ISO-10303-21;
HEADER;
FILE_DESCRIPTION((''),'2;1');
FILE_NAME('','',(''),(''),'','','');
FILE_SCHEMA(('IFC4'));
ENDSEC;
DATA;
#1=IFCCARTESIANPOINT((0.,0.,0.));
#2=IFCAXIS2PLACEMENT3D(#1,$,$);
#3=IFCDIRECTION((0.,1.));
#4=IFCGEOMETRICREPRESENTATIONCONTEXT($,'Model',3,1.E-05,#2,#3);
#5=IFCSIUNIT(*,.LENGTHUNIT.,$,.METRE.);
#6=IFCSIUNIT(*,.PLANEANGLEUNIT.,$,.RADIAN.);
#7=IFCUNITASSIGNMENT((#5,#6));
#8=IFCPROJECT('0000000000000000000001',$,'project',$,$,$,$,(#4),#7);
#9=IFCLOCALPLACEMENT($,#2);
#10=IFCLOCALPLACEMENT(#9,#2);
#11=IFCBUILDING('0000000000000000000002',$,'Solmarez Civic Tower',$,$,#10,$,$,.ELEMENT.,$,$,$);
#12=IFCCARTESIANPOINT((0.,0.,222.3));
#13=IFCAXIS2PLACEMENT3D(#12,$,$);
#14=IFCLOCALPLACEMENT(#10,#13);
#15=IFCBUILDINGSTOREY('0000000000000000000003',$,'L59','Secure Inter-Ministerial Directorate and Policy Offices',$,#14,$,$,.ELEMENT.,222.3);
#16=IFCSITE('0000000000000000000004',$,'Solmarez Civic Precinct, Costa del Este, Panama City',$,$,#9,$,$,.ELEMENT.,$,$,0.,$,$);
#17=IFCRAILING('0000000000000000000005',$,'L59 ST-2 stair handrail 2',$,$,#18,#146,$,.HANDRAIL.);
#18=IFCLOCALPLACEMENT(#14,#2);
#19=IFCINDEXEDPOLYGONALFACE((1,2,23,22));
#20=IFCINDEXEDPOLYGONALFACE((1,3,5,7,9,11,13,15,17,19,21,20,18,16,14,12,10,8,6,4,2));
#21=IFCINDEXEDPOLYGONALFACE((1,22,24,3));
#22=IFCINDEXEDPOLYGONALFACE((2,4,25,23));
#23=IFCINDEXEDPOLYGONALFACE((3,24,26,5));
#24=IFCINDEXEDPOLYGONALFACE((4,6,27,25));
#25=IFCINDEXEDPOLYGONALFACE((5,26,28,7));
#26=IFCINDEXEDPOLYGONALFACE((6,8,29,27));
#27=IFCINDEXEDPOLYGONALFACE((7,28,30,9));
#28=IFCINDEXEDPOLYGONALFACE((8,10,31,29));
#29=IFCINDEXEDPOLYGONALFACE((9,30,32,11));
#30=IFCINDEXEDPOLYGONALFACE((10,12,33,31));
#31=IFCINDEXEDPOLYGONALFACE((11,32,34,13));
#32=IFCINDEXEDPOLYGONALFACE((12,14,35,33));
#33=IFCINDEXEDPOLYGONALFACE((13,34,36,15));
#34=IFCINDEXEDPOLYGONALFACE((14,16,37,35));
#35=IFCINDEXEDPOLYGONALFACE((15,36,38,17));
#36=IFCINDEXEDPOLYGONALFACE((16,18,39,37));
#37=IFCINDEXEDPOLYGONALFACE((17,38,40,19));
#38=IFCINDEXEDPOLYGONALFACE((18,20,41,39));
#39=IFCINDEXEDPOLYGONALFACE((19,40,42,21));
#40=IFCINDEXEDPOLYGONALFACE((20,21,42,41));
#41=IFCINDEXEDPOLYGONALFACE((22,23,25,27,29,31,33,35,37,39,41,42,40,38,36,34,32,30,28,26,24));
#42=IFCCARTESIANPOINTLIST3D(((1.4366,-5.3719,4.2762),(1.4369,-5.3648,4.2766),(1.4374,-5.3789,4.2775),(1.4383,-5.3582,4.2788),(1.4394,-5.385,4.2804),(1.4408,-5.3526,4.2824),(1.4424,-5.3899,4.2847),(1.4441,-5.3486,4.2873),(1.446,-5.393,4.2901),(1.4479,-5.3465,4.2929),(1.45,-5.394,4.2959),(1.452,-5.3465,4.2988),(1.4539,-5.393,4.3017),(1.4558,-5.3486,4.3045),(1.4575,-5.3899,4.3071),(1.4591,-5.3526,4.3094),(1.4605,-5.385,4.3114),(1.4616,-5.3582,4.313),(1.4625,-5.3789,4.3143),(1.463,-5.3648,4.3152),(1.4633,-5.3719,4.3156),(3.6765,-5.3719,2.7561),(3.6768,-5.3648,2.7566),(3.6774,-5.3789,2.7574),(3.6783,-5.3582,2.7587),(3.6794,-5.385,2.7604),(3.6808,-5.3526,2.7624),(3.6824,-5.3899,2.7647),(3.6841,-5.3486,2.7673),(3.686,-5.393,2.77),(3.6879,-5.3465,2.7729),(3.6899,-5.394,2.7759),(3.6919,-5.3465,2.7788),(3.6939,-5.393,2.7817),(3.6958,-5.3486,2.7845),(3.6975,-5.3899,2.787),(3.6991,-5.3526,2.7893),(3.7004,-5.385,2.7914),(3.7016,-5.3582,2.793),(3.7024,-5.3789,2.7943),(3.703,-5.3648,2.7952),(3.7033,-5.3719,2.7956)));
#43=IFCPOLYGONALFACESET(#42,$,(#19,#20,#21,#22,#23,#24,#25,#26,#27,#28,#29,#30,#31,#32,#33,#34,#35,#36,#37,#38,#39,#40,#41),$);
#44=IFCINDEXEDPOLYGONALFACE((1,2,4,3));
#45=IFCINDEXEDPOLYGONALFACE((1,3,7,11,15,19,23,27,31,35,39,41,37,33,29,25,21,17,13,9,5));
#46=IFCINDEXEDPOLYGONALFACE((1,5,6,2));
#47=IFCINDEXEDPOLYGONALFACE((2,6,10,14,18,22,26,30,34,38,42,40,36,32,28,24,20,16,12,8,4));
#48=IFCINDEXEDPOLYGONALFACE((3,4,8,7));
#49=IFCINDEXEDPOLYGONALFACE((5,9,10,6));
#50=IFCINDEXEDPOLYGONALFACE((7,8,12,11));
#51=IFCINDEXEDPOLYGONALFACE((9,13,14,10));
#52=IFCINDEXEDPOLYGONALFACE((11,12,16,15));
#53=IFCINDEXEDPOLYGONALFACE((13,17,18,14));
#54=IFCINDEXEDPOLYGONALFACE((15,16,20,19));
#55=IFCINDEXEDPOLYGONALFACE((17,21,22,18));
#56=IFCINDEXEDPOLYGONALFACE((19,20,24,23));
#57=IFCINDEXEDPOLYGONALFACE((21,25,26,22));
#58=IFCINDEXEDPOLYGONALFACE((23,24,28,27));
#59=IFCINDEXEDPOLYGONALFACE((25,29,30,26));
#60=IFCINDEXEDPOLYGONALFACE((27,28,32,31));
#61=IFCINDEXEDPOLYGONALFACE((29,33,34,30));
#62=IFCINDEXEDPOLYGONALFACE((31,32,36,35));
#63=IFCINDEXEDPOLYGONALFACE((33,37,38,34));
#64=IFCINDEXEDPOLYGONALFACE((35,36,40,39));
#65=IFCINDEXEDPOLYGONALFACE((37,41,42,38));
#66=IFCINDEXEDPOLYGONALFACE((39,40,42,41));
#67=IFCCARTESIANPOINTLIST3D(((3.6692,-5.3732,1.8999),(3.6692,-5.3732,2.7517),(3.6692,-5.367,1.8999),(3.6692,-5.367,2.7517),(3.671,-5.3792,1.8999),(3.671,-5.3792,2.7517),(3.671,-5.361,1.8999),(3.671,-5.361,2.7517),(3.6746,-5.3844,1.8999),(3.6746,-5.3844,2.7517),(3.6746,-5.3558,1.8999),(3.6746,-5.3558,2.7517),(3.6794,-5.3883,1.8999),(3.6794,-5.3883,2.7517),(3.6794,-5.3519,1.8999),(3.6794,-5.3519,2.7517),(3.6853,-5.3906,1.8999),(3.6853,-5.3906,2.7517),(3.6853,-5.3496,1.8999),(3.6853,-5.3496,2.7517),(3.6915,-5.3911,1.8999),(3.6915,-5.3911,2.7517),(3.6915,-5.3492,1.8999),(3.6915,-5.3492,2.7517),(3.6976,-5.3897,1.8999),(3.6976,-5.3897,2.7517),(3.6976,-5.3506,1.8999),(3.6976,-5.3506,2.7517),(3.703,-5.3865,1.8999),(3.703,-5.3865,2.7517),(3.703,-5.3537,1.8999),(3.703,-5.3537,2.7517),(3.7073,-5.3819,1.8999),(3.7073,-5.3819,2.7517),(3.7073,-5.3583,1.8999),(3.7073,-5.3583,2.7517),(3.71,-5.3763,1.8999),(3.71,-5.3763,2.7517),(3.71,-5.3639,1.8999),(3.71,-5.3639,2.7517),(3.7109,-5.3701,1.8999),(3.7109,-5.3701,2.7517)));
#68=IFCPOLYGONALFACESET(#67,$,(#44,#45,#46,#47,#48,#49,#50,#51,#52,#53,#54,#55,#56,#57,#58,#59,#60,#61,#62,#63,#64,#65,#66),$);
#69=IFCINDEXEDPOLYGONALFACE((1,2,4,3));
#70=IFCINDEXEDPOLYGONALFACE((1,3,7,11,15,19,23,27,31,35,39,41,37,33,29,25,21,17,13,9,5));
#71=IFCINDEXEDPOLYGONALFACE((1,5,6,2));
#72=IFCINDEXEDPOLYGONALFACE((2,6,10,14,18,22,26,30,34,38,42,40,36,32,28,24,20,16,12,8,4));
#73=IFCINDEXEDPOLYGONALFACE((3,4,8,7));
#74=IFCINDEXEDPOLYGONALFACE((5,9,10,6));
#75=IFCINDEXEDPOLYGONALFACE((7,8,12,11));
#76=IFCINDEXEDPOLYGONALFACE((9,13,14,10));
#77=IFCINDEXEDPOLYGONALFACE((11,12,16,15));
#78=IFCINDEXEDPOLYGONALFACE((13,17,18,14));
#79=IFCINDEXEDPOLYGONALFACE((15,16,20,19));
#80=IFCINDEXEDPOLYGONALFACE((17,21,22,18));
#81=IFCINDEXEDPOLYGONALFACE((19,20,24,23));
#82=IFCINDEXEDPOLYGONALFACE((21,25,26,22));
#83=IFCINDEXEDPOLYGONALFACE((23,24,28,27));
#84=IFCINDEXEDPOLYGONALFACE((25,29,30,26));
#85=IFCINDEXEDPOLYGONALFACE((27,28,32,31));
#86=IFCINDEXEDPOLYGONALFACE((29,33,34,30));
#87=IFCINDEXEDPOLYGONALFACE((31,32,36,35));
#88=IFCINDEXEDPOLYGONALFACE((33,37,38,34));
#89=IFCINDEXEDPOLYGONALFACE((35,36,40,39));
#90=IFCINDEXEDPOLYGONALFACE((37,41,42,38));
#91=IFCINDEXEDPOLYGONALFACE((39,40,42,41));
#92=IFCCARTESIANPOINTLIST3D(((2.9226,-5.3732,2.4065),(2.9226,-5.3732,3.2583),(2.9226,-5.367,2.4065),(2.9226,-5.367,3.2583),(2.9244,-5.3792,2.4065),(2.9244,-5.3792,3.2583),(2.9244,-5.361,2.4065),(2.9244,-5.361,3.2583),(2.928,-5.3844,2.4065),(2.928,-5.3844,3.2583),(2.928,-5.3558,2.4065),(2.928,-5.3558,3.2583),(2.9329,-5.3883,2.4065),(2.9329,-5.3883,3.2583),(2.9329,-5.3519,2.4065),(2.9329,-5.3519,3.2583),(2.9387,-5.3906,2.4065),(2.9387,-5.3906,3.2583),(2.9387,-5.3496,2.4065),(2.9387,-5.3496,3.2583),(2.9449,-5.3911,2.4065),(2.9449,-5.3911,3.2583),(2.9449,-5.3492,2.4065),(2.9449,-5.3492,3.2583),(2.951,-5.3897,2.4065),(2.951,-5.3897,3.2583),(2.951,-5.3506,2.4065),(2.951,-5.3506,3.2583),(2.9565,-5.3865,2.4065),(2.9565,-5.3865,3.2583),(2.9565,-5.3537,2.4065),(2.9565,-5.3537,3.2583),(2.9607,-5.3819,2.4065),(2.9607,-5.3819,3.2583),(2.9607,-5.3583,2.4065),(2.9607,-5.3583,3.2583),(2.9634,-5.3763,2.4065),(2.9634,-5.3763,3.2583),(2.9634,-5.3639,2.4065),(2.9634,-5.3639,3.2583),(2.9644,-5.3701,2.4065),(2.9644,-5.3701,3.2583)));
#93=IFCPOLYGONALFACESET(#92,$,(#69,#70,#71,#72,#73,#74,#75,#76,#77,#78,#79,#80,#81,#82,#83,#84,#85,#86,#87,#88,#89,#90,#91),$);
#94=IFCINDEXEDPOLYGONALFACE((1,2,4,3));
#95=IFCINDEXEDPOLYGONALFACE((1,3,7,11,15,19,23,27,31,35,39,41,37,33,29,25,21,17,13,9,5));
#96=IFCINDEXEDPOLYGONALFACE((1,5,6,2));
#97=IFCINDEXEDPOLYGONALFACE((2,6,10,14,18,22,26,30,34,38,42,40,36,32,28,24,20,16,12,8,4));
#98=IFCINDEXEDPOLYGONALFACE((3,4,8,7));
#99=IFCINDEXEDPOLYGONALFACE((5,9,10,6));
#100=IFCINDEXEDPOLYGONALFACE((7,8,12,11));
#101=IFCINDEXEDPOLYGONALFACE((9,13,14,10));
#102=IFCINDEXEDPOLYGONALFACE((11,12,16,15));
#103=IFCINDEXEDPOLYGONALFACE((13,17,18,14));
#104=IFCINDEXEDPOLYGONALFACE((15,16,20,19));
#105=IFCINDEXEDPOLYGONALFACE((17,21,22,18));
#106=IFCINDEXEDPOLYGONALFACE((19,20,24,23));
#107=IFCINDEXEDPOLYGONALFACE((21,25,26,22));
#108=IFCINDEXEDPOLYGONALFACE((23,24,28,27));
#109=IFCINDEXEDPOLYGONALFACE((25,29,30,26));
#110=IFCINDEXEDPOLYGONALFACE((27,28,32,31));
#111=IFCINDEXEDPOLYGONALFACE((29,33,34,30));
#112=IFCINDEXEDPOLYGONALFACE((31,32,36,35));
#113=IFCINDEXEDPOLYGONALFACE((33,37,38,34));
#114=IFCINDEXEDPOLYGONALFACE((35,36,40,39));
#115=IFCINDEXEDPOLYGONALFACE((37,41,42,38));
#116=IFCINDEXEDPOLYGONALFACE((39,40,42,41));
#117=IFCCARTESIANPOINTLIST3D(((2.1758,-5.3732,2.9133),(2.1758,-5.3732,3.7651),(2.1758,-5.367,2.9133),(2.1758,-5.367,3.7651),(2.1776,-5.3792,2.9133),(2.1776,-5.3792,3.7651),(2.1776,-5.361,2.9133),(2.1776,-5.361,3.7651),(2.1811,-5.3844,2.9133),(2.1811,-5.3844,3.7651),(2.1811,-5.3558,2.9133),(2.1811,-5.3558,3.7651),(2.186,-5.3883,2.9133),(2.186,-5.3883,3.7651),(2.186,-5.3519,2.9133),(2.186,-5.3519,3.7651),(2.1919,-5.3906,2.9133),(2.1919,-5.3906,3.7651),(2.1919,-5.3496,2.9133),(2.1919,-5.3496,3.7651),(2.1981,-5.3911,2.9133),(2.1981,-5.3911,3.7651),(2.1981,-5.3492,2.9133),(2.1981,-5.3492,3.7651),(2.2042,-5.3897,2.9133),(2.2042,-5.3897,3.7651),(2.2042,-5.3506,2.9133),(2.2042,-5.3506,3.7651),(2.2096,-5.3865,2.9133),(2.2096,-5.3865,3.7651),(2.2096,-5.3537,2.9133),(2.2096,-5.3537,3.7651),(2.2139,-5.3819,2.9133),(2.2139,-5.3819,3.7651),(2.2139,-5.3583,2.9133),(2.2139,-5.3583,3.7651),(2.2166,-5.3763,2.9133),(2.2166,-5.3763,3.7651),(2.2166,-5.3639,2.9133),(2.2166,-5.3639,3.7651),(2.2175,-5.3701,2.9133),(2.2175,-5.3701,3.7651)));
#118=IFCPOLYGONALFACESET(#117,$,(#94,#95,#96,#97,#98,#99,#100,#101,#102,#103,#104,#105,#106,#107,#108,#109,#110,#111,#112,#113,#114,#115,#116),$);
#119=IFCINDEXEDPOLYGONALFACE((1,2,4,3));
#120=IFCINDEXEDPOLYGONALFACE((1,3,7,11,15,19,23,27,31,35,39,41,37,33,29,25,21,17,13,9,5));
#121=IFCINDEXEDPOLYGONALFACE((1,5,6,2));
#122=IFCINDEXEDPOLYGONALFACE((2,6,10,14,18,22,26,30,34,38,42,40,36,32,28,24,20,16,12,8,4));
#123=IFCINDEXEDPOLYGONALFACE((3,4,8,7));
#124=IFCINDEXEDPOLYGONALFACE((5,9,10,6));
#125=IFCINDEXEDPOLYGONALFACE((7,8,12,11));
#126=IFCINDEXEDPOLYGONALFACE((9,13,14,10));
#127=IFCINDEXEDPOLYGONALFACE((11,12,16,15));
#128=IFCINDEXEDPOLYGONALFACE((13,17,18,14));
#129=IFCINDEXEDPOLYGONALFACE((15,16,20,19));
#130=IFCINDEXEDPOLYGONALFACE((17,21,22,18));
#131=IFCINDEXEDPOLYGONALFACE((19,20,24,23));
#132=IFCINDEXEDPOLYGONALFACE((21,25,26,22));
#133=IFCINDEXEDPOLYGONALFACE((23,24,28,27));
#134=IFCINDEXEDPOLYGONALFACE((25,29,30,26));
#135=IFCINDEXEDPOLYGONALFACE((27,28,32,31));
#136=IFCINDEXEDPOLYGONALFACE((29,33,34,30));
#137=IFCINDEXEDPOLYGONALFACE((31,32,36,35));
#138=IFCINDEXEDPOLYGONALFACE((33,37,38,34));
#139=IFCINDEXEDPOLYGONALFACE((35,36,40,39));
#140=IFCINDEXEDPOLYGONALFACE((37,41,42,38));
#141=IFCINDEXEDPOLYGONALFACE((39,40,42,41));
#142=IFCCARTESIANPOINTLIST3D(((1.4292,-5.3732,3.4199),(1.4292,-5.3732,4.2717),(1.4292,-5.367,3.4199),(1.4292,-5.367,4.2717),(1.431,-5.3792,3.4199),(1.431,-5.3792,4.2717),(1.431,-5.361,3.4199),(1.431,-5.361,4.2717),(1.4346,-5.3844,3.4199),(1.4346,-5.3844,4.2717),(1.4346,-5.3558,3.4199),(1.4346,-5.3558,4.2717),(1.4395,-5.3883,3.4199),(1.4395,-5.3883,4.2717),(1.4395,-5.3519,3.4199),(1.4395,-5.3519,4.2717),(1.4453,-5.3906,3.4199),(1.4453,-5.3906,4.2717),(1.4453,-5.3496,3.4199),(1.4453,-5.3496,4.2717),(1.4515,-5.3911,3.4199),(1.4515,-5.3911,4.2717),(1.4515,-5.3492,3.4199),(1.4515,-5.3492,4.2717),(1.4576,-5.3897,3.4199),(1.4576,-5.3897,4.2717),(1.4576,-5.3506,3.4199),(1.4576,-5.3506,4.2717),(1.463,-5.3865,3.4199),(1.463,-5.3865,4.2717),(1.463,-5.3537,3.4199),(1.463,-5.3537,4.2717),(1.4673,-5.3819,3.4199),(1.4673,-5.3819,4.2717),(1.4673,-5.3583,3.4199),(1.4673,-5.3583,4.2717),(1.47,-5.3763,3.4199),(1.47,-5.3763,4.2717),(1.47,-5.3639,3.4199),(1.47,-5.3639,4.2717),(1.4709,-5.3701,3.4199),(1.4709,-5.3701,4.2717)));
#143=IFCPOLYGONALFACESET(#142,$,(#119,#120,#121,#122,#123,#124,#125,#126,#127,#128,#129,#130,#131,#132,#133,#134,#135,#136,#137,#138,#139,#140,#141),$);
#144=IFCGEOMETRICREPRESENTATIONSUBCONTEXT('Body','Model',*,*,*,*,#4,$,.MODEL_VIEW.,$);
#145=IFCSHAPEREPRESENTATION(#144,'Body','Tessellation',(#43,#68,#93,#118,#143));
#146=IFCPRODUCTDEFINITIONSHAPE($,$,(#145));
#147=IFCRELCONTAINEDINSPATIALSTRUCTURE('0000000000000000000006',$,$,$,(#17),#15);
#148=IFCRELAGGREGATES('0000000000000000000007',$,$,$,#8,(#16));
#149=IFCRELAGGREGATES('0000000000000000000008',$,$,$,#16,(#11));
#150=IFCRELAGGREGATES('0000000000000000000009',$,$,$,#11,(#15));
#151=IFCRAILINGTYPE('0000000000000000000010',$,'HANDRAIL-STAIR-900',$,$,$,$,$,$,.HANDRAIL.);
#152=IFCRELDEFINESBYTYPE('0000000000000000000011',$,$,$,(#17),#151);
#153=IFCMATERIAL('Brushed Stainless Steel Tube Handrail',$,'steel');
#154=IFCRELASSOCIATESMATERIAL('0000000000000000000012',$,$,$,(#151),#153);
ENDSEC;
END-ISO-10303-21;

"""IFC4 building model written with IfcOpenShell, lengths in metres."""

from ifc_helpers import new_model, si_unit, direction, frame, origin, origin_2d, place, context, subcontext, project, spatial, circle, extrude, material, type_object, element, save


model = new_model("IFC4")

# Units and contexts
model_context = context("Model", 3, precision=1e-05, world=origin(), true_north=direction((0.0, 1.0)))
body_context = subcontext(model_context, "Body", "Model", "MODEL_VIEW")
ifc_project = project(units=[si_unit("LENGTHUNIT", "METRE"), si_unit("PLANEANGLEUNIT", "RADIAN")], contexts=[model_context])

# Site, building, storey
site_placement = place(None, origin())
site = spatial("IfcSite", under=ifc_project, at=site_placement, Name="Solmarez Civic Precinct, Costa del Este, Panama City", CompositionType="ELEMENT", RefElevation=0.0)
building_placement = place(site_placement, origin())
building = spatial("IfcBuilding", under=site, at=building_placement, Name="Solmarez Civic Tower", CompositionType="ELEMENT")
storey_placement = place(building_placement, frame((0.0, 0.0, 222.3)))
storey = spatial("IfcBuildingStorey", under=building, at=storey_placement, Name="L59", Description="Secure Inter-Ministerial Directorate and Policy Offices", CompositionType="ELEMENT", Elevation=222.3)

# Railing
ifc_material_1 = material(Name="Brushed Stainless Steel Tube Handrail", Category="steel")
railing_type_1 = type_object("IfcRailingType", Name="HANDRAIL-STAIR-900", PredefinedType="HANDRAIL", material=ifc_material_1)
railing_1_placement = place(storey_placement, frame((3.6899, -5.3701, 1.8999)))
element("IfcRailing", 1, at=railing_1_placement, inside=storey, type_object=railing_type_1, Name="L59 ST-2 stair handrail 2", PredefinedType="HANDRAIL", context=body_context, shape_type="SweptSolid", body=[
    extrude(circle(Radius=0.0239, at=origin_2d()), frame((0.0, 0.0, 0.876), z_axis=(-0.827471, 0.0, 0.561508), x_axis=(0.0, -1.0, 0.0)), (0.0, 0.0, 1.0), 2.707),
    extrude(circle(Radius=0.021, at=origin_2d()), origin(), (0.0, 0.0, 1.0), 0.8518),
    extrude(circle(Radius=0.021, at=origin_2d()), frame((-0.7466, 0.0, 0.5066)), (0.0, 0.0, 1.0), 0.8518),
    extrude(circle(Radius=0.021, at=origin_2d()), frame((-1.4934, 0.0, 1.0134)), (0.0, 0.0, 1.0), 0.8518),
    extrude(circle(Radius=0.021, at=origin_2d()), frame((-2.24, 0.0, 1.52)), (0.0, 0.0, 1.0), 0.8518),
])

save(model, "model.ifc")
